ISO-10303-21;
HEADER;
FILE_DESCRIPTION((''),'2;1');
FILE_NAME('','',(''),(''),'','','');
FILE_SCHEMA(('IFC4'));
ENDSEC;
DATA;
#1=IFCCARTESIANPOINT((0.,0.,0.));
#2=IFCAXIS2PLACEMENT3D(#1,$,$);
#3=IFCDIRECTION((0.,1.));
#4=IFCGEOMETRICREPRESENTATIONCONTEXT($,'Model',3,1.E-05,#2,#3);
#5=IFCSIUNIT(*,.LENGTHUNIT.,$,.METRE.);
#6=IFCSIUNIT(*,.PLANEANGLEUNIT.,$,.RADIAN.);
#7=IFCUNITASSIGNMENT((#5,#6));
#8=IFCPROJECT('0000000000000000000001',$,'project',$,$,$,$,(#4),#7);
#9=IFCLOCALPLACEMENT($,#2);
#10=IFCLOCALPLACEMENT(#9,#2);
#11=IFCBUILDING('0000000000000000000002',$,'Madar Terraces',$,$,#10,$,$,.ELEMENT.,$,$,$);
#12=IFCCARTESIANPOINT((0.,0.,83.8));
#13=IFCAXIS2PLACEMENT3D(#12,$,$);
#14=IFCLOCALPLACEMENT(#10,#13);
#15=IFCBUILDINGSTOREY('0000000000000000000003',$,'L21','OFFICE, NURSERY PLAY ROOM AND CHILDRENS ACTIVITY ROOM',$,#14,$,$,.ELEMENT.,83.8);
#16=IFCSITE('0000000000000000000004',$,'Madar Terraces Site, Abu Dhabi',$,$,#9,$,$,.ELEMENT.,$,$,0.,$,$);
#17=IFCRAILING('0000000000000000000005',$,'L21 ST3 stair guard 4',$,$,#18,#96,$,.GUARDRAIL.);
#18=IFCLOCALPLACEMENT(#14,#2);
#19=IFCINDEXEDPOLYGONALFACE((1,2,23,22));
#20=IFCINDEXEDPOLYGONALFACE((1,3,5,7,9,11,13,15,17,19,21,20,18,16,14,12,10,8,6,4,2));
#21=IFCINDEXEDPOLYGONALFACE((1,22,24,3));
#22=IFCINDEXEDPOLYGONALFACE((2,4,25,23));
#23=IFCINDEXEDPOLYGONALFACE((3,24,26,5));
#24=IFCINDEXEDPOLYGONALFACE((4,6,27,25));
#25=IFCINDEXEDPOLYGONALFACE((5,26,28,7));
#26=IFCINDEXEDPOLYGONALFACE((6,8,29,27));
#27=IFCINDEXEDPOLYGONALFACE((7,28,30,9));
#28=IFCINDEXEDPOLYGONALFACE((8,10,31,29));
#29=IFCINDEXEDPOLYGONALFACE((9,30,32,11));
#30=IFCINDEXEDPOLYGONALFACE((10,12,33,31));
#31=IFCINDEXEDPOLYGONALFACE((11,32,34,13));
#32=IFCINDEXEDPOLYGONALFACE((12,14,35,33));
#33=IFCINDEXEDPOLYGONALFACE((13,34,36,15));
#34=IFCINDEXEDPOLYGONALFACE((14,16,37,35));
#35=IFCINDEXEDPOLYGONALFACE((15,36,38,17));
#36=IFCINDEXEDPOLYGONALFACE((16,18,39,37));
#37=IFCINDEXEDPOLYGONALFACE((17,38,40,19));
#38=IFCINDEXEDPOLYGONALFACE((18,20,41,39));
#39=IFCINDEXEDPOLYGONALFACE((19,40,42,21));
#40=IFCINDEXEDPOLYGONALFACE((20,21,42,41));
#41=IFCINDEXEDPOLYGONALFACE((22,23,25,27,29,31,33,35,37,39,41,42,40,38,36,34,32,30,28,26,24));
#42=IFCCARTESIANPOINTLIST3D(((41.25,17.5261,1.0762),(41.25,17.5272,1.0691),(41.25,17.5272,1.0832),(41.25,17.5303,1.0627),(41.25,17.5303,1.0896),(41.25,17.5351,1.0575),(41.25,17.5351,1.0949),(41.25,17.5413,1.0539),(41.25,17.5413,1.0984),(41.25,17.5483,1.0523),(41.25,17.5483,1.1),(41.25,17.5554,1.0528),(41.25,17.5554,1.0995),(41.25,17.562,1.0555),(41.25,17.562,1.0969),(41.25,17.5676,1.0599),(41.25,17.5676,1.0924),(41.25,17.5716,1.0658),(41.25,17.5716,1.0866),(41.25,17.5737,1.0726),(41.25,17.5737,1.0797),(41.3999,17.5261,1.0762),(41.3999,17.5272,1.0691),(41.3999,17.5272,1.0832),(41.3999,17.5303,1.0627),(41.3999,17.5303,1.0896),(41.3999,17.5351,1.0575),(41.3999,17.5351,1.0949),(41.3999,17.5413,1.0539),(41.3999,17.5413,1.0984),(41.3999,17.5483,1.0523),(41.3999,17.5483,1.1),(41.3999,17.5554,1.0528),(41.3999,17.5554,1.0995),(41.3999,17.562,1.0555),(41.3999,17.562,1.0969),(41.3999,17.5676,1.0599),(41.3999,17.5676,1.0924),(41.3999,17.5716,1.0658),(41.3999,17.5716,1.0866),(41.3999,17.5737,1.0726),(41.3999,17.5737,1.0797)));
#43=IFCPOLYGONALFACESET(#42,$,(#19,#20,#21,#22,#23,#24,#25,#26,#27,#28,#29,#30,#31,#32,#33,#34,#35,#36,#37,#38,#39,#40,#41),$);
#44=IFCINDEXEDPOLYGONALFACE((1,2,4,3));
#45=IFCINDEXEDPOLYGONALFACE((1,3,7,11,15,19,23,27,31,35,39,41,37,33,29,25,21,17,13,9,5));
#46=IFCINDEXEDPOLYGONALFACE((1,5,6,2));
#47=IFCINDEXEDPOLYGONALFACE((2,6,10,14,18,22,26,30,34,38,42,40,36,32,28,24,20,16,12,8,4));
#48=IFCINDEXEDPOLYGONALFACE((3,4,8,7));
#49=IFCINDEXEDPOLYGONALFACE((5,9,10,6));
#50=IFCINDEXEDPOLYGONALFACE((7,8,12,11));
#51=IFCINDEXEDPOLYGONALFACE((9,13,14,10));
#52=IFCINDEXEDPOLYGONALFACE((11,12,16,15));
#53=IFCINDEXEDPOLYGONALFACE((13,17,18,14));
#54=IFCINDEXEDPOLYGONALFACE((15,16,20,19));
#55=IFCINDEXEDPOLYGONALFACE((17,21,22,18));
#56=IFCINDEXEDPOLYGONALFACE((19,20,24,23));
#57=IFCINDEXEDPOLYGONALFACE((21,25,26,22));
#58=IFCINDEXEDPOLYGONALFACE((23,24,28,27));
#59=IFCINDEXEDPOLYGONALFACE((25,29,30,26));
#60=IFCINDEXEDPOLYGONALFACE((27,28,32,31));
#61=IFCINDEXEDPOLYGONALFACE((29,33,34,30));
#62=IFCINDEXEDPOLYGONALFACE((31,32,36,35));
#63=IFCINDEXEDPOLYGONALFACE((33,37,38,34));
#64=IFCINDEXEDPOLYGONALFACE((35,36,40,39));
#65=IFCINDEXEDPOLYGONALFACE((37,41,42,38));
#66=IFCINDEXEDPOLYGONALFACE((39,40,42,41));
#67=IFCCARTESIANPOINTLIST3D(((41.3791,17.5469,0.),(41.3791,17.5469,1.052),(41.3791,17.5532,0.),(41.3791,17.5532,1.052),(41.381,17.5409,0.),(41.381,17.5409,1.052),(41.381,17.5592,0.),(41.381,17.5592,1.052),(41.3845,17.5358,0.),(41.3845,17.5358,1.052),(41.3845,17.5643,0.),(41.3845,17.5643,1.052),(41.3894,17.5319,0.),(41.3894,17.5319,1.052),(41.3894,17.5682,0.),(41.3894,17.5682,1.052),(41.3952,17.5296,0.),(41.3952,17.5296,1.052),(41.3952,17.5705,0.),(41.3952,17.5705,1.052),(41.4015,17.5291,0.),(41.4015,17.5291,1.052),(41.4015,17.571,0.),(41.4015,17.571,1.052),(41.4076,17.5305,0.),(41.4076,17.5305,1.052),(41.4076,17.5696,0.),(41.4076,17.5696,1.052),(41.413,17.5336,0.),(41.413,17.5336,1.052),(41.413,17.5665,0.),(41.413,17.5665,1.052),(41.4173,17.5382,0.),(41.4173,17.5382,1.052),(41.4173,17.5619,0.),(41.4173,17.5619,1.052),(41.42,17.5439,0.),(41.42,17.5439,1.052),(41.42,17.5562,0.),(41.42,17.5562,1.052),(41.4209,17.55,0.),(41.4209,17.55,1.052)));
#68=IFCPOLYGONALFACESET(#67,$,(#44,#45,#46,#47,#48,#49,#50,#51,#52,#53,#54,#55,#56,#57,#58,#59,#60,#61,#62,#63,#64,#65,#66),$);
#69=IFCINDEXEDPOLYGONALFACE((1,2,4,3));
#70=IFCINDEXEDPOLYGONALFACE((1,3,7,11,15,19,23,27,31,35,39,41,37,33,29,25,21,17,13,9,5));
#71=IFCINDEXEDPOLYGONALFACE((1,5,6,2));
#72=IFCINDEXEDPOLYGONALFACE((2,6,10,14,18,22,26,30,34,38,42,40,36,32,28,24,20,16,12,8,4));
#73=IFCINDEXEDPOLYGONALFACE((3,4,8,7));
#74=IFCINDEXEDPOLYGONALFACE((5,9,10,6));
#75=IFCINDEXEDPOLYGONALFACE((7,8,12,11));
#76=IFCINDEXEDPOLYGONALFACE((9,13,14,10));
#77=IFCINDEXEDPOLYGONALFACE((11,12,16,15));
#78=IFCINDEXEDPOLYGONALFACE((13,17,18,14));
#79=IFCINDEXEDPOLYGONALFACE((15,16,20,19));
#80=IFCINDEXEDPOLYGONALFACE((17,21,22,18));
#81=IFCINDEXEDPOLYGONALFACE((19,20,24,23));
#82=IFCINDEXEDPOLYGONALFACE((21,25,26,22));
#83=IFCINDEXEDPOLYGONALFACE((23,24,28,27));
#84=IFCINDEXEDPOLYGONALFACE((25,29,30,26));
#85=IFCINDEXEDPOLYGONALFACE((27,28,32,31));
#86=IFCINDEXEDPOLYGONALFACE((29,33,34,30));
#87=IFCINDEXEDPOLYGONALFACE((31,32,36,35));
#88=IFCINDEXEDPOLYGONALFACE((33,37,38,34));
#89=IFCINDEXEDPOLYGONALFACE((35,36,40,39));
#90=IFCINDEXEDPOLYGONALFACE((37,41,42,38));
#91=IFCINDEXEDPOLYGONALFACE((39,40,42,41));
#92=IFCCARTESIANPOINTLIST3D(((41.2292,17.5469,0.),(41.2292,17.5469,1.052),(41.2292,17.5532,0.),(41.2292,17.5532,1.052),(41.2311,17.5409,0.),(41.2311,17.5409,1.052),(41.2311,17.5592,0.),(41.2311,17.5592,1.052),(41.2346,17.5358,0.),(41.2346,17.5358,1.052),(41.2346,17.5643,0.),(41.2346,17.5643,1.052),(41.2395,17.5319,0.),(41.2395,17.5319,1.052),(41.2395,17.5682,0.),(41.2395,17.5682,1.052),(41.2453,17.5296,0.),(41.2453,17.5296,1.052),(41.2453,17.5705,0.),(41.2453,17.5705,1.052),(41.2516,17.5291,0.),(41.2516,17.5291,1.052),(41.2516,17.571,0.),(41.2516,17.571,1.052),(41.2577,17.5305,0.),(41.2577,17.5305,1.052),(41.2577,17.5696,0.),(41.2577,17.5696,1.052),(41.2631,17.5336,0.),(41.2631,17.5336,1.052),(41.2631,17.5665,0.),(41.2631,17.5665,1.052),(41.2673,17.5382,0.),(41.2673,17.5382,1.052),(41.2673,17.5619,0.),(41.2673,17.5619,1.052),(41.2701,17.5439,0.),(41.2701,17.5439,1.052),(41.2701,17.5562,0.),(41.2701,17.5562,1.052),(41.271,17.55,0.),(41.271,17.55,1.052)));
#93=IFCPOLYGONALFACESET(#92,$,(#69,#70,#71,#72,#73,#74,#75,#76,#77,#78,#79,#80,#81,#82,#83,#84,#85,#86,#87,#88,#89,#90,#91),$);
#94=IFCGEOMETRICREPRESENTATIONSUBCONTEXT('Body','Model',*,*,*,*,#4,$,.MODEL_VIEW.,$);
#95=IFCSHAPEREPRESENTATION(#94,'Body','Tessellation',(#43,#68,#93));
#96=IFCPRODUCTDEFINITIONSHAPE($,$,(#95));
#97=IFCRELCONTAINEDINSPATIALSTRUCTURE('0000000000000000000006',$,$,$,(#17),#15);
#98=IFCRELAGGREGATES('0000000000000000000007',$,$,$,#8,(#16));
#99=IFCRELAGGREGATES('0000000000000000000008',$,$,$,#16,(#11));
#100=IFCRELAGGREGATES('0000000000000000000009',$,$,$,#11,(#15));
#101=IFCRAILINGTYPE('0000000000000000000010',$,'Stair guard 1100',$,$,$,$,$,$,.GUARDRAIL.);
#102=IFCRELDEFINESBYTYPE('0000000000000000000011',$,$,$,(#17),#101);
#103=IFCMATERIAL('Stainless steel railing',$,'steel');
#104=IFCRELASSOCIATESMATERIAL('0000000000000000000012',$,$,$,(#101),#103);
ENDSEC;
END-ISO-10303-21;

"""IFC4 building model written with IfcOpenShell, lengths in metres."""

from ifc_helpers import new_model, si_unit, direction, frame, origin, origin_2d, place, context, subcontext, project, spatial, circle, extrude, material, type_object, element, save


model = new_model("IFC4")

# Units and contexts
model_context = context("Model", 3, precision=1e-05, world=origin(), true_north=direction((0.0, 1.0)))
body_context = subcontext(model_context, "Body", "Model", "MODEL_VIEW")
ifc_project = project(units=[si_unit("LENGTHUNIT", "METRE"), si_unit("PLANEANGLEUNIT", "RADIAN")], contexts=[model_context])

# Site, building, storey
site_placement = place(None, origin())
site = spatial("IfcSite", under=ifc_project, at=site_placement, Name="Madar Terraces Site, Abu Dhabi", CompositionType="ELEMENT", RefElevation=0.0)
building_placement = place(site_placement, origin())
building = spatial("IfcBuilding", under=site, at=building_placement, Name="Madar Terraces", CompositionType="ELEMENT")
storey_placement = place(building_placement, frame((0.0, 0.0, 83.8)))
storey = spatial("IfcBuildingStorey", under=building, at=storey_placement, Name="L21", Description="OFFICE, NURSERY PLAY ROOM AND CHILDRENS ACTIVITY ROOM", CompositionType="ELEMENT", Elevation=83.8)

# Railing
ifc_material_1 = material(Name="Stainless steel railing", Category="steel")
railing_type_1 = type_object("IfcRailingType", Name="Stair guard 1100", PredefinedType="GUARDRAIL", material=ifc_material_1)
railing_1_placement = place(storey_placement, frame((41.3999, 17.55, 0.0)))
element("IfcRailing", 1, at=railing_1_placement, inside=storey, type_object=railing_type_1, Name="L21 ST3 stair guard 4", PredefinedType="GUARDRAIL", context=body_context, shape_type="SweptSolid", body=[
    extrude(circle(Radius=0.0239, at=origin_2d()), frame((0.0, 0.0, 1.0762), z_axis=(-1.0, 0.0, 0.0), x_axis=(0.0, -1.0, 0.0)), (0.0, 0.0, 1.0), 0.1499),
    extrude(circle(Radius=0.021, at=origin_2d()), origin(), (0.0, 0.0, 1.0), 1.052),
    extrude(circle(Radius=0.021, at=origin_2d()), frame((-0.1499, 0.0, 0.0)), (0.0, 0.0, 1.0), 1.052),
])

save(model, "model.ifc")
